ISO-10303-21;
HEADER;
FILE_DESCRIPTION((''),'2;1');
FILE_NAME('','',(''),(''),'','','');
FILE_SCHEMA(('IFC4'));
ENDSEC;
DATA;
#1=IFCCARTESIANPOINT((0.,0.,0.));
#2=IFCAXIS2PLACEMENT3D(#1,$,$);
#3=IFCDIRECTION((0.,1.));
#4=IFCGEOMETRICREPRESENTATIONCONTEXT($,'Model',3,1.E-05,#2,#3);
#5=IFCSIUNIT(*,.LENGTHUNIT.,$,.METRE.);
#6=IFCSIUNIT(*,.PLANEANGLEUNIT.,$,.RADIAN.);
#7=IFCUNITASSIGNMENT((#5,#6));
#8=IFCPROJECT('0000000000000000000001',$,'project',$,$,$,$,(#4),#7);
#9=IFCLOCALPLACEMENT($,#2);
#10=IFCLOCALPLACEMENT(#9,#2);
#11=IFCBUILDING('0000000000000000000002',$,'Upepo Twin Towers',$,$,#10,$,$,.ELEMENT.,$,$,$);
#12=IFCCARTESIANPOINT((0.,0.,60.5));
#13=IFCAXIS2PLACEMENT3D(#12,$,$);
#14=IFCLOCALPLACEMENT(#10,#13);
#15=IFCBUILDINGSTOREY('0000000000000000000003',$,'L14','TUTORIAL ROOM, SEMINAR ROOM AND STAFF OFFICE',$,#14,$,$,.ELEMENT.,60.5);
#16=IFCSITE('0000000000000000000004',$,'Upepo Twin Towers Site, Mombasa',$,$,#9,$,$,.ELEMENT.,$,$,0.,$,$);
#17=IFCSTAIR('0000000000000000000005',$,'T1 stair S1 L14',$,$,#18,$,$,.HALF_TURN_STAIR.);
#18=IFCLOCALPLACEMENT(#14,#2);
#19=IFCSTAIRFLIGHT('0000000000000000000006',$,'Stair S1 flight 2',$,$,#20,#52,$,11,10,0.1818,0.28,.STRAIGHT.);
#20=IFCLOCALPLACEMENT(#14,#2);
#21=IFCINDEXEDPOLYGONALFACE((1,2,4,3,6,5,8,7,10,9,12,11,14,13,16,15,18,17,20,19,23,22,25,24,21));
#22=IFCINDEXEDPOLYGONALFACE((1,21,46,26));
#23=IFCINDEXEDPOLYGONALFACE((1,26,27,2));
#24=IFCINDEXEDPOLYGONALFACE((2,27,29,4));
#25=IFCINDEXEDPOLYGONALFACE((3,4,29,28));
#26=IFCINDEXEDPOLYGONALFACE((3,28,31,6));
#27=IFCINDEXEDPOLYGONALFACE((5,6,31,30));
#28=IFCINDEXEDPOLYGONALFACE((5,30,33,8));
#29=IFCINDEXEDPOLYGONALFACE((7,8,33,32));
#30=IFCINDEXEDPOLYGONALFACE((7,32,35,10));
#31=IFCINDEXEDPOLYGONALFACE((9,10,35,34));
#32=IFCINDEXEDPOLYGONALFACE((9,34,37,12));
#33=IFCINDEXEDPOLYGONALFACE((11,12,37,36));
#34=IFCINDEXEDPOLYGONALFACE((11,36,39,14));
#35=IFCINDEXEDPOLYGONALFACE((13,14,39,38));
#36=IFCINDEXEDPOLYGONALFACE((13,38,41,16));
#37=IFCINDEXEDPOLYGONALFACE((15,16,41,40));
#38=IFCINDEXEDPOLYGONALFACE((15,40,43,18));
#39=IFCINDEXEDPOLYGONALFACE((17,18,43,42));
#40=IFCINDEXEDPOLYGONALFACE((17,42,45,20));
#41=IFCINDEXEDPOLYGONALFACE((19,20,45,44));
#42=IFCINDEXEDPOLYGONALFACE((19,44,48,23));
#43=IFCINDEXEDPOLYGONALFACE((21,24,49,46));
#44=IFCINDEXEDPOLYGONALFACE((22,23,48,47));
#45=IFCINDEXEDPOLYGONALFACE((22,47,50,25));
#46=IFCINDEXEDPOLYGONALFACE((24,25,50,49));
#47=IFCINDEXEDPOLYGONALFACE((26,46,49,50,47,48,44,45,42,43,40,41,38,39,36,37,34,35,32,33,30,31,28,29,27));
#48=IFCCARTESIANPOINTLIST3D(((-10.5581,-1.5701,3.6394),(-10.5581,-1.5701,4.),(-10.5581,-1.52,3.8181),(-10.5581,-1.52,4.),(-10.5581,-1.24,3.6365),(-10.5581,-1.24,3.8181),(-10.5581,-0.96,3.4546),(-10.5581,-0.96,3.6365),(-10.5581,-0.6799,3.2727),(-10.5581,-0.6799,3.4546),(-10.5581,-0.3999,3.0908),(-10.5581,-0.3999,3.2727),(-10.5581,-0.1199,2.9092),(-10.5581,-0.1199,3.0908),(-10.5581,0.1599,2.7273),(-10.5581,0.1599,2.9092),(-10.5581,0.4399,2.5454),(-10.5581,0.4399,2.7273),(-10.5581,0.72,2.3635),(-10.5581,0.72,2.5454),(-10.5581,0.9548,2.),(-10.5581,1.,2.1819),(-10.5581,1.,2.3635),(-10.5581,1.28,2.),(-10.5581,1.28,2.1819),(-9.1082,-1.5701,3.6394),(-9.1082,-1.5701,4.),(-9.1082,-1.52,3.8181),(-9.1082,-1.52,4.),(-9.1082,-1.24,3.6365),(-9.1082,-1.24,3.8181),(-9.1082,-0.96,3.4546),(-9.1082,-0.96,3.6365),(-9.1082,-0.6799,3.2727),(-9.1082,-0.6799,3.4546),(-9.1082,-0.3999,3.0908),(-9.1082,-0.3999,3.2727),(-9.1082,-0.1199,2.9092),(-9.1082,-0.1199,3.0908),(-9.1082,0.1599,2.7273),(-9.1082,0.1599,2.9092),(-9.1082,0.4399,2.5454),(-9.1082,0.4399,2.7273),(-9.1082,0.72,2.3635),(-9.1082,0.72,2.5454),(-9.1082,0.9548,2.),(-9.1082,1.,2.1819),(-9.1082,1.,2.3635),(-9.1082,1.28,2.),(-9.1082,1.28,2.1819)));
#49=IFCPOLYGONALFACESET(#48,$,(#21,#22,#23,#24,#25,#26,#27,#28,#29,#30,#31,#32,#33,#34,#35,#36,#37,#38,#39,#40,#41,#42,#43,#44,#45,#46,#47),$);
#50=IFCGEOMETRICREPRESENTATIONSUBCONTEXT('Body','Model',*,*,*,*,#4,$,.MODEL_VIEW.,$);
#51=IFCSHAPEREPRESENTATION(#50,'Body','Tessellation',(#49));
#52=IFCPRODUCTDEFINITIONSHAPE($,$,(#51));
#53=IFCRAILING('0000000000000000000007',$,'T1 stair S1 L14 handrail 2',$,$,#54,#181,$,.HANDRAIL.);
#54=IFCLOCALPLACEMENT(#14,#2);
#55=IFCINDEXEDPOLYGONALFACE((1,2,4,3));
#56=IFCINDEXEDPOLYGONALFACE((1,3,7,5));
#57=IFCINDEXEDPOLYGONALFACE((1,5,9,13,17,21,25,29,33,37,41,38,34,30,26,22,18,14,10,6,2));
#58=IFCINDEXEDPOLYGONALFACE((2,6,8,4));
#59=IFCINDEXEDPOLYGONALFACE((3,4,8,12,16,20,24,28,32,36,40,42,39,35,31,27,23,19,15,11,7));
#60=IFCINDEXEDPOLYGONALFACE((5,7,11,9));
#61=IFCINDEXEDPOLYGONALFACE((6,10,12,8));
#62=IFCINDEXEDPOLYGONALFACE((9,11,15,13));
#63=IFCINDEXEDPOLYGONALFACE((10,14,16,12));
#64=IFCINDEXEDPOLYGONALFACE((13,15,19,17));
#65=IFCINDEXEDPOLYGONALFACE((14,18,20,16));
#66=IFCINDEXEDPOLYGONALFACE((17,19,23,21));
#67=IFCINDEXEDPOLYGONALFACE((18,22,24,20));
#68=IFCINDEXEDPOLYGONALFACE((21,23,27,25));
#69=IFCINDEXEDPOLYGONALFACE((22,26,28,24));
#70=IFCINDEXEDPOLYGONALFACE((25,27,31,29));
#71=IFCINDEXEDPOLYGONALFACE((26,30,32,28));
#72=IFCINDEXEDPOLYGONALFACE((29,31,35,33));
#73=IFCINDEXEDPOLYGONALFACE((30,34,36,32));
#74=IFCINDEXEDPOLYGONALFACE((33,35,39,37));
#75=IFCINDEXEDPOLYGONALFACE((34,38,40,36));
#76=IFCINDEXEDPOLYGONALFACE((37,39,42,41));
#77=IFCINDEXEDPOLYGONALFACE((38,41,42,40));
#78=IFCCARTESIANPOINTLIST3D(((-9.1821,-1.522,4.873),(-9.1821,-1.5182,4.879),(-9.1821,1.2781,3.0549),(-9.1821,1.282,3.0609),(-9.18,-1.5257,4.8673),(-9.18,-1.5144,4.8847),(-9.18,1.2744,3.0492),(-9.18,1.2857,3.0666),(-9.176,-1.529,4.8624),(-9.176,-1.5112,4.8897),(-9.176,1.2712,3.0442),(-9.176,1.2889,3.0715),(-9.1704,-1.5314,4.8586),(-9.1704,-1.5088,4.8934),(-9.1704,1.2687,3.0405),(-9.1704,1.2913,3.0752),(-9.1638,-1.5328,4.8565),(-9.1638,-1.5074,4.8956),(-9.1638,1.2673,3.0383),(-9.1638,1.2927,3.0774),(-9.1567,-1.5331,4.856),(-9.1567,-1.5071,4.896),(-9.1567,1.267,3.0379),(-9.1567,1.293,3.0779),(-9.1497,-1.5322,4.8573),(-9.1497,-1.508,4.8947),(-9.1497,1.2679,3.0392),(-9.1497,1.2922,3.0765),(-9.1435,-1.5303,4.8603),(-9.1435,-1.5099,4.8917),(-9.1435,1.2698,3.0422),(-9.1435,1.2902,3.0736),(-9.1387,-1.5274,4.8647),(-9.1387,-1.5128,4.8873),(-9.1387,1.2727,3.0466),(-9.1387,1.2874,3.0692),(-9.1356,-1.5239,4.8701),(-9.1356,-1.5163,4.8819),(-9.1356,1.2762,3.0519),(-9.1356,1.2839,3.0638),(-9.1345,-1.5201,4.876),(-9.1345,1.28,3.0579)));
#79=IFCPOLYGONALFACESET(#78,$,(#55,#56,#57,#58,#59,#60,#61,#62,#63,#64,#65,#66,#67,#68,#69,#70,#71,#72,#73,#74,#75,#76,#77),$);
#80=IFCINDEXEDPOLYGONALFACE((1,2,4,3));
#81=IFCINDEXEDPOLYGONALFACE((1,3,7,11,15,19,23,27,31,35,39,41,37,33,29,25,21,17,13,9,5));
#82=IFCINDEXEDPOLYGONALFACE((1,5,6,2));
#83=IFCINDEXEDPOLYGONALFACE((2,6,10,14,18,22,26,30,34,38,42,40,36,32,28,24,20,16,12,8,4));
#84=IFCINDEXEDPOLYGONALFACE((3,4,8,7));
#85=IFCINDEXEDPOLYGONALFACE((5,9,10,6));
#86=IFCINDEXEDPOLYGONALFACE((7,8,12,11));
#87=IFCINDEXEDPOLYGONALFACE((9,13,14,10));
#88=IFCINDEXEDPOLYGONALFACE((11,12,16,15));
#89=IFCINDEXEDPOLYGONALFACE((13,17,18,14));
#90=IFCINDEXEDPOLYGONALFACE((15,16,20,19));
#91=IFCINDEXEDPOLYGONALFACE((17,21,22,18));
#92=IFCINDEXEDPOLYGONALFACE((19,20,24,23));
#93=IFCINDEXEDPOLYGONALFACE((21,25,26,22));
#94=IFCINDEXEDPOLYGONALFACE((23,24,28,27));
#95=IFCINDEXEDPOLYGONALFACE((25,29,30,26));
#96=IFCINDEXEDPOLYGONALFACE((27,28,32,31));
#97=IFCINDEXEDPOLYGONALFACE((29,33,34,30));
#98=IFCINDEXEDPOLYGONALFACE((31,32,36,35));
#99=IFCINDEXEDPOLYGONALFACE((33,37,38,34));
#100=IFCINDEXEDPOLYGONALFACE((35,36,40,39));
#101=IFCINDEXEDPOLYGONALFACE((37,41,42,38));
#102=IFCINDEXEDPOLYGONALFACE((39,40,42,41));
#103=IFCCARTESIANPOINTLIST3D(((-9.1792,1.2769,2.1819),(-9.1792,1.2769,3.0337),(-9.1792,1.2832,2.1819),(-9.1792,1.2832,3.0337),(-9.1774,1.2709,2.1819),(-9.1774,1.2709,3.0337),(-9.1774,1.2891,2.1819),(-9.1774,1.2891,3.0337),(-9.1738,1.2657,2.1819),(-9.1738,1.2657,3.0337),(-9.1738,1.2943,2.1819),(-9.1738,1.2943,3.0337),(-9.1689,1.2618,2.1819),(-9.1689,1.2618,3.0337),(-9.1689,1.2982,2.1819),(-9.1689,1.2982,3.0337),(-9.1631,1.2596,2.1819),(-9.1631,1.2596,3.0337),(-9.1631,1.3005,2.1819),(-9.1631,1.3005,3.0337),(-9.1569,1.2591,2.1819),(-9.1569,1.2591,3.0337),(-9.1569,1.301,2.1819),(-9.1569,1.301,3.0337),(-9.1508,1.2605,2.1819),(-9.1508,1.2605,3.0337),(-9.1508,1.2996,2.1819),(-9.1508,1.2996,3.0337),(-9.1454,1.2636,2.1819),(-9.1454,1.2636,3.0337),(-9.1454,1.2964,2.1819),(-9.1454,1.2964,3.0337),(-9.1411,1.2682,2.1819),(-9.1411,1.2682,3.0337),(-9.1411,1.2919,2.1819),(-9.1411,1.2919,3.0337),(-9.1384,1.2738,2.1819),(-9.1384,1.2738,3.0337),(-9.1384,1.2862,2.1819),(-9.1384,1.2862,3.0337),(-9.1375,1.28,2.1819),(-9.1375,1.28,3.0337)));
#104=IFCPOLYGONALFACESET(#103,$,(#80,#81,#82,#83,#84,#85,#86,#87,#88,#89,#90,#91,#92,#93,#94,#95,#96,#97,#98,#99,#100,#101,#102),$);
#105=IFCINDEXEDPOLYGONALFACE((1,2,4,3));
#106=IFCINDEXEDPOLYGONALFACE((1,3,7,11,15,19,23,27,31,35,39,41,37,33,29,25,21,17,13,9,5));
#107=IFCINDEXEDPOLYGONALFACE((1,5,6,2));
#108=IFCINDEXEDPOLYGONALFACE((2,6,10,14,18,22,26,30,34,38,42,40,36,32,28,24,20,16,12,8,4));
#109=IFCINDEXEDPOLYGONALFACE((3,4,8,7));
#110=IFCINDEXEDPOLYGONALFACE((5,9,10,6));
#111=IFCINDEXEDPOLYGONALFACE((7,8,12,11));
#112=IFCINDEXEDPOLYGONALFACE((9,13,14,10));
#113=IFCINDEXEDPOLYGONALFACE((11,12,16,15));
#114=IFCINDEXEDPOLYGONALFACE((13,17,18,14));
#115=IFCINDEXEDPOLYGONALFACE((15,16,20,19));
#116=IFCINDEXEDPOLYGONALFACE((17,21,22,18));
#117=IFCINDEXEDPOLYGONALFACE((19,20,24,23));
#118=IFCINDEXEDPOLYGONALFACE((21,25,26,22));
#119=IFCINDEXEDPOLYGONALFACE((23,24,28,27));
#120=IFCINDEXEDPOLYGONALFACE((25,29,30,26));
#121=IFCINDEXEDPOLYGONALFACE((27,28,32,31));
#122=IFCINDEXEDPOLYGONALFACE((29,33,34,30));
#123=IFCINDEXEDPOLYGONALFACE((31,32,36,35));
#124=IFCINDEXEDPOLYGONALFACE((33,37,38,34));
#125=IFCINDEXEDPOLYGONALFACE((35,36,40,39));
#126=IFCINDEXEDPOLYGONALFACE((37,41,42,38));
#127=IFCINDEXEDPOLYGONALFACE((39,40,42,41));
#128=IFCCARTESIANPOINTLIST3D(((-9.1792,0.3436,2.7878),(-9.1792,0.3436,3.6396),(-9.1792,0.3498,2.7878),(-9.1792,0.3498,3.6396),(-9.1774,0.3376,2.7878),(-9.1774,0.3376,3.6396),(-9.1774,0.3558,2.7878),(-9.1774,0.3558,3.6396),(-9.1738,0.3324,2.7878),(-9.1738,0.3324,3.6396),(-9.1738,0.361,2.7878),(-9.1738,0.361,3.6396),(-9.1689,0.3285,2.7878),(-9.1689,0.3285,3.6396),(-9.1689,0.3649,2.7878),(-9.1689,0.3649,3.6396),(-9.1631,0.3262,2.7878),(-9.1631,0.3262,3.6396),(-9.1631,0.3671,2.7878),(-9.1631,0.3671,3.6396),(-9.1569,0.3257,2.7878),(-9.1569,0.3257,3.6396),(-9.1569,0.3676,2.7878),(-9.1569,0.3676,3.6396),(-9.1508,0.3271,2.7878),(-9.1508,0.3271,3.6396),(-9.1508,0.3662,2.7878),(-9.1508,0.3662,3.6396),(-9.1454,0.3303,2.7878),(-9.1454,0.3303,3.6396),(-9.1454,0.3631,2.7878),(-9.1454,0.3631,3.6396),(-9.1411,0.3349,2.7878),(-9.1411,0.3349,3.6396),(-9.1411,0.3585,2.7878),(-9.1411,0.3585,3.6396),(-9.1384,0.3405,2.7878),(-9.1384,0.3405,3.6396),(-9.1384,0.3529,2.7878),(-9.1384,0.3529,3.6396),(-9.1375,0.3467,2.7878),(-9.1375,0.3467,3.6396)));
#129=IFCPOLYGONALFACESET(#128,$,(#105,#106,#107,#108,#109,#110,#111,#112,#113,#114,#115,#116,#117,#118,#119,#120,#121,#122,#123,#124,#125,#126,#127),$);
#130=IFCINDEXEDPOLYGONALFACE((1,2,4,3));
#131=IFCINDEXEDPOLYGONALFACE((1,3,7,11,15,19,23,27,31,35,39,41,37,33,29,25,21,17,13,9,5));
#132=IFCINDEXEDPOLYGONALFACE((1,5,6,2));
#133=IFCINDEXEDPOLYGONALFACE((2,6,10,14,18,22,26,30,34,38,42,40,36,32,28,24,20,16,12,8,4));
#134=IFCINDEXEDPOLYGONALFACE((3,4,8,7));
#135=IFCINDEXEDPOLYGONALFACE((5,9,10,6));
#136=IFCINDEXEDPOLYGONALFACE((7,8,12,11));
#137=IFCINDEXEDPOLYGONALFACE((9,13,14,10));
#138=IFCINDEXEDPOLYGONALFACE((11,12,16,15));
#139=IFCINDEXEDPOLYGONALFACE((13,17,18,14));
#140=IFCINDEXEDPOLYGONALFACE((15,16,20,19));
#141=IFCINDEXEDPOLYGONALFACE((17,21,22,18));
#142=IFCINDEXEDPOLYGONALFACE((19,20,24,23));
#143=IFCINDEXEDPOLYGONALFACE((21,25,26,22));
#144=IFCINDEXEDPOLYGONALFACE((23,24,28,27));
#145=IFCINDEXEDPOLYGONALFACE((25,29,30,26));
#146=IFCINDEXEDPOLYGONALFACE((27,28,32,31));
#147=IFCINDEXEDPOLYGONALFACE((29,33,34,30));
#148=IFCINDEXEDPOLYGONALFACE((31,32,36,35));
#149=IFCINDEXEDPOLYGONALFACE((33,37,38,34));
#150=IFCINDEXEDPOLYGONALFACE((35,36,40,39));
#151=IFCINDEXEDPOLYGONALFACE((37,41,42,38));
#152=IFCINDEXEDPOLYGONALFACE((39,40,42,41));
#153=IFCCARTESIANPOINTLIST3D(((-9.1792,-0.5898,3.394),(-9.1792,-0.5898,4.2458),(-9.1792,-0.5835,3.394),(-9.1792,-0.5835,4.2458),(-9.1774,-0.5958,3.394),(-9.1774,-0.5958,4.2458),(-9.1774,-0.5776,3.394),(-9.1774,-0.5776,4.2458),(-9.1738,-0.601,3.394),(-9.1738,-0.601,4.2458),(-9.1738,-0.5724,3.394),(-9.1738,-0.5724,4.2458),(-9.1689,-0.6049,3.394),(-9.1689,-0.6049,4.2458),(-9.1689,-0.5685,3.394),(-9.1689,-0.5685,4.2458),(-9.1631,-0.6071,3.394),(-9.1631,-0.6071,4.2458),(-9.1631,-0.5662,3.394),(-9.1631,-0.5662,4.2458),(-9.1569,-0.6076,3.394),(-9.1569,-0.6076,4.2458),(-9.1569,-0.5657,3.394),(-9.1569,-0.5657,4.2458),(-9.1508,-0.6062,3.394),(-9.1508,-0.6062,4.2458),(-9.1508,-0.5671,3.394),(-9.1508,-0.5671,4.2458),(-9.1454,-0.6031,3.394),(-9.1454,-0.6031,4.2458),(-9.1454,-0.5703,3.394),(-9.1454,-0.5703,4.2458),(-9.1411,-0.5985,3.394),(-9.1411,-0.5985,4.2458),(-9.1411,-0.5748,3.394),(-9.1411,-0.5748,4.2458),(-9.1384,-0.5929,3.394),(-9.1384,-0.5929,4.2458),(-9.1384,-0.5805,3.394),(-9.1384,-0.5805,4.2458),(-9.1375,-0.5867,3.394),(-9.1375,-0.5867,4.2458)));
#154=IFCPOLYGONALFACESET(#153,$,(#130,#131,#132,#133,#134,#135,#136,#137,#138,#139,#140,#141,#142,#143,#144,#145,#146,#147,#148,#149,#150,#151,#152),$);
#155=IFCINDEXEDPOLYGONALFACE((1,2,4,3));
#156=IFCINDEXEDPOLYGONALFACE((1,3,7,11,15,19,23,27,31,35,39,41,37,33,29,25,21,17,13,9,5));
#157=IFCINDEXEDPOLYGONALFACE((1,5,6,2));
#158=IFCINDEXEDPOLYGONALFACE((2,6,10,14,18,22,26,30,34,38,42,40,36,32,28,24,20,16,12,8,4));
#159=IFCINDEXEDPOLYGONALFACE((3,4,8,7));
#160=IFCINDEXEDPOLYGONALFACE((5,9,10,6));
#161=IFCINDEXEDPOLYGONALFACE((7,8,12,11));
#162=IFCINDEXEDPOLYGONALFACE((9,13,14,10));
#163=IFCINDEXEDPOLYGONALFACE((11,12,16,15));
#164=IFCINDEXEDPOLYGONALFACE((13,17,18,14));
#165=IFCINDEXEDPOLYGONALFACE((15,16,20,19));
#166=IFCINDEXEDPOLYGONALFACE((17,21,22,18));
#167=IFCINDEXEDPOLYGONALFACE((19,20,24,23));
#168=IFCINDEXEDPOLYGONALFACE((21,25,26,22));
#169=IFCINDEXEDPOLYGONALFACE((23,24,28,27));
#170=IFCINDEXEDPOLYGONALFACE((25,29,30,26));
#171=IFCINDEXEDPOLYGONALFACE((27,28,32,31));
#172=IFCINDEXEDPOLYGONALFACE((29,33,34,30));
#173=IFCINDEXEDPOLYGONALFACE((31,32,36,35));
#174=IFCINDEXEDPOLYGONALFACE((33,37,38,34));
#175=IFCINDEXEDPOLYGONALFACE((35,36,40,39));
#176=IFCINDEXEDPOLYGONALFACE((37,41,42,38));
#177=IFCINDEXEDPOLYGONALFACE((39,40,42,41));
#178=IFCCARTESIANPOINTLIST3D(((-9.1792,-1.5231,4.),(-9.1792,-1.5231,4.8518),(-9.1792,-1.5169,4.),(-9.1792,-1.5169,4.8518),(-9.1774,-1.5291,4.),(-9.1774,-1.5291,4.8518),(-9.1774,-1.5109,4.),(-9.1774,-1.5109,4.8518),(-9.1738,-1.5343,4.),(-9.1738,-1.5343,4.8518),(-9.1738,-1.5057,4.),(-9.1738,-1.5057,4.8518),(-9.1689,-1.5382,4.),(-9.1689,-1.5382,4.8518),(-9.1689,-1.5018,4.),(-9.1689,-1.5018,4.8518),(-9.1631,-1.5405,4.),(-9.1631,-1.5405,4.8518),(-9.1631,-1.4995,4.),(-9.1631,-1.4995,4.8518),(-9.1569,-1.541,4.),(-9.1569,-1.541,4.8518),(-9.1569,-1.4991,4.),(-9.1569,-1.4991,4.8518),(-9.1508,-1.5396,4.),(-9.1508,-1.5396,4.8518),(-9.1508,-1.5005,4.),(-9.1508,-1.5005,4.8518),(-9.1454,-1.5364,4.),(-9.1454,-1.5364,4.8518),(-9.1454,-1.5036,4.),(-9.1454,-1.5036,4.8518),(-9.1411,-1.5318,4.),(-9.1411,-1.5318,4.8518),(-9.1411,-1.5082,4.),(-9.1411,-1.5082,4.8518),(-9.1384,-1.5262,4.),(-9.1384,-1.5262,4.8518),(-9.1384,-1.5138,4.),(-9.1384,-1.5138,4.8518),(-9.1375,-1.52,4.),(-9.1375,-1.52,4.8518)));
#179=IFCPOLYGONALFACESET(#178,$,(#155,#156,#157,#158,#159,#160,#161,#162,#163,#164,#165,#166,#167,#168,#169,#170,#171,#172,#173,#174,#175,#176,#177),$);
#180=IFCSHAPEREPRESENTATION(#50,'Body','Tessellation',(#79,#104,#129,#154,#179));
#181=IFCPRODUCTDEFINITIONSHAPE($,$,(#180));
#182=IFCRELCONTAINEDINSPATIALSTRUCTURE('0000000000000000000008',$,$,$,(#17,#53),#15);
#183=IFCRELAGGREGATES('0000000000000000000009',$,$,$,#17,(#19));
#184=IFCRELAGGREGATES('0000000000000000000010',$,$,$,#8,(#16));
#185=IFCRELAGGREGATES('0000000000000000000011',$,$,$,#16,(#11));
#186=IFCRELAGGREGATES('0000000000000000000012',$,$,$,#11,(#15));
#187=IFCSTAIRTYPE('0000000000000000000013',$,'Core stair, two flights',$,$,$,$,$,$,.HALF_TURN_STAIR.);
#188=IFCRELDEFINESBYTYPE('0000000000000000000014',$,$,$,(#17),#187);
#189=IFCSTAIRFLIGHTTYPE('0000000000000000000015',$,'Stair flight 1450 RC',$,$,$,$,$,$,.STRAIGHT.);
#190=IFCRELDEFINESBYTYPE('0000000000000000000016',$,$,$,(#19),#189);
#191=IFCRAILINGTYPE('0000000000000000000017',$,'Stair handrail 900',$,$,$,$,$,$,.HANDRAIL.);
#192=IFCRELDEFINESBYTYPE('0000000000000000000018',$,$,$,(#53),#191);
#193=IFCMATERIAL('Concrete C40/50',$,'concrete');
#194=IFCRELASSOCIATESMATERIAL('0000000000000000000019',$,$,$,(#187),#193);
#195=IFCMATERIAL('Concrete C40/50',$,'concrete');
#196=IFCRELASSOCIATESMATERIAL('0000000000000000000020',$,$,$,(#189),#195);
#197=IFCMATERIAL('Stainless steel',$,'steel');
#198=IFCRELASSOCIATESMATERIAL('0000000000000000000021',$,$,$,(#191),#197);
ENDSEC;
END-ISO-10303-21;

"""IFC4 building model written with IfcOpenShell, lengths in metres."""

from ifc_helpers import new_model, si_unit, direction, frame, origin, origin_2d, place, context, subcontext, project, spatial, polyline, circle, outline, extrude, material, type_object, element, aggregate, save


model = new_model("IFC4")

# Units and contexts
model_context = context("Model", 3, precision=1e-05, world=origin(), true_north=direction((0.0, 1.0)))
body_context = subcontext(model_context, "Body", "Model", "MODEL_VIEW")
ifc_project = project(units=[si_unit("LENGTHUNIT", "METRE"), si_unit("PLANEANGLEUNIT", "RADIAN")], contexts=[model_context])

# Site, building, storey
site_placement = place(None, origin())
site = spatial("IfcSite", under=ifc_project, at=site_placement, Name="Upepo Twin Towers Site, Mombasa", CompositionType="ELEMENT", RefElevation=0.0)
building_placement = place(site_placement, origin())
building = spatial("IfcBuilding", under=site, at=building_placement, Name="Upepo Twin Towers", CompositionType="ELEMENT")
storey_placement = place(building_placement, frame((0.0, 0.0, 60.5)))
storey = spatial("IfcBuildingStorey", under=building, at=storey_placement, Name="L14", Description="TUTORIAL ROOM, SEMINAR ROOM AND STAFF OFFICE", CompositionType="ELEMENT", Elevation=60.5)

# Stair, stair flight
ifc_material_1 = material(Name="Concrete C40/50", Category="concrete")
stair_type = type_object("IfcStairType", Name="Core stair, two flights", PredefinedType="HALF_TURN_STAIR", material=ifc_material_1)
stair_placement = place(storey_placement, origin())
stair = element("IfcStair", 1, at=stair_placement, inside=storey, type_object=stair_type, Name="T1 stair S1 L14", PredefinedType="HALF_TURN_STAIR")
ifc_material_2 = material(Name="Concrete C40/50", Category="concrete")
stair_flight_type = type_object("IfcStairFlightType", Name="Stair flight 1450 RC", PredefinedType="STRAIGHT", material=ifc_material_2)
stair_flight_placement = place(storey_placement, frame((-9.8333, 1.28, 2.0), z_axis=(0.0, 0.0, 1.0), x_axis=(0.0, -1.0, 0.0)))
stair_flight = element("IfcStairFlight", 2, at=stair_flight_placement, type_object=stair_flight_type, Name="Stair S1 flight 2", NumberOfRisers=11, NumberOfTreads=10, PredefinedType="STRAIGHT", RiserHeight=0.1818, TreadLength=0.28, context=body_context, shape_type="SweptSolid", body=[
    extrude(outline(polyline([(0.0, 0.0), (0.0, 0.1819), (0.28, 0.1819), (0.28, 0.3635), (0.5601, 0.3635), (0.5601, 0.5454), (0.8401, 0.5454), (0.8401, 0.7273), (1.1201, 0.7273), (1.1201, 0.9092), (1.3999, 0.9092), (1.3999, 1.0908), (1.6799, 1.0908), (1.6799, 1.2727), (1.96, 1.2727), (1.96, 1.4546), (2.24, 1.4546), (2.24, 1.6365), (2.52, 1.6365), (2.52, 1.8181), (2.8, 1.8181), (2.8, 2.0), (2.8501, 2.0), (2.8501, 1.6394), (0.3252, 0.0), (0.0, 0.0)])), frame((0.0, 0.7251, 0.0), z_axis=(0.0, -1.0, 0.0), x_axis=(1.0, 0.0, 0.0)), (0.0, 0.0, 1.0), 1.45),
])
aggregate(stair, [stair_flight])

# Railing
ifc_material_3 = material(Name="Stainless steel", Category="steel")
railing_type = type_object("IfcRailingType", Name="Stair handrail 900", PredefinedType="HANDRAIL", material=ifc_material_3)
railing_placement = place(storey_placement, frame((-9.1584, 1.28, 2.1819)))
element("IfcRailing", 3, at=railing_placement, inside=storey, type_object=railing_type, Name="T1 stair S1 L14 handrail 2", PredefinedType="HANDRAIL", context=body_context, shape_type="SweptSolid", body=[
    extrude(circle(Radius=0.0239, at=origin_2d()), frame((0.0, 0.0, 0.876), z_axis=(0.0, -0.838706, 0.544585), x_axis=(1.0, 0.0, 0.0)), (0.0, 0.0, 1.0), 3.3386),
    extrude(circle(Radius=0.021, at=origin_2d()), origin(), (0.0, 0.0, 1.0), 0.8518),
    extrude(circle(Radius=0.021, at=origin_2d()), frame((0.0, -0.9333, 0.606)), (0.0, 0.0, 1.0), 0.8518),
    extrude(circle(Radius=0.021, at=origin_2d()), frame((0.0, -1.8667, 1.2122)), (0.0, 0.0, 1.0), 0.8518),
    extrude(circle(Radius=0.021, at=origin_2d()), frame((0.0, -2.8, 1.8181)), (0.0, 0.0, 1.0), 0.8518),
])

save(model, "model.ifc")
